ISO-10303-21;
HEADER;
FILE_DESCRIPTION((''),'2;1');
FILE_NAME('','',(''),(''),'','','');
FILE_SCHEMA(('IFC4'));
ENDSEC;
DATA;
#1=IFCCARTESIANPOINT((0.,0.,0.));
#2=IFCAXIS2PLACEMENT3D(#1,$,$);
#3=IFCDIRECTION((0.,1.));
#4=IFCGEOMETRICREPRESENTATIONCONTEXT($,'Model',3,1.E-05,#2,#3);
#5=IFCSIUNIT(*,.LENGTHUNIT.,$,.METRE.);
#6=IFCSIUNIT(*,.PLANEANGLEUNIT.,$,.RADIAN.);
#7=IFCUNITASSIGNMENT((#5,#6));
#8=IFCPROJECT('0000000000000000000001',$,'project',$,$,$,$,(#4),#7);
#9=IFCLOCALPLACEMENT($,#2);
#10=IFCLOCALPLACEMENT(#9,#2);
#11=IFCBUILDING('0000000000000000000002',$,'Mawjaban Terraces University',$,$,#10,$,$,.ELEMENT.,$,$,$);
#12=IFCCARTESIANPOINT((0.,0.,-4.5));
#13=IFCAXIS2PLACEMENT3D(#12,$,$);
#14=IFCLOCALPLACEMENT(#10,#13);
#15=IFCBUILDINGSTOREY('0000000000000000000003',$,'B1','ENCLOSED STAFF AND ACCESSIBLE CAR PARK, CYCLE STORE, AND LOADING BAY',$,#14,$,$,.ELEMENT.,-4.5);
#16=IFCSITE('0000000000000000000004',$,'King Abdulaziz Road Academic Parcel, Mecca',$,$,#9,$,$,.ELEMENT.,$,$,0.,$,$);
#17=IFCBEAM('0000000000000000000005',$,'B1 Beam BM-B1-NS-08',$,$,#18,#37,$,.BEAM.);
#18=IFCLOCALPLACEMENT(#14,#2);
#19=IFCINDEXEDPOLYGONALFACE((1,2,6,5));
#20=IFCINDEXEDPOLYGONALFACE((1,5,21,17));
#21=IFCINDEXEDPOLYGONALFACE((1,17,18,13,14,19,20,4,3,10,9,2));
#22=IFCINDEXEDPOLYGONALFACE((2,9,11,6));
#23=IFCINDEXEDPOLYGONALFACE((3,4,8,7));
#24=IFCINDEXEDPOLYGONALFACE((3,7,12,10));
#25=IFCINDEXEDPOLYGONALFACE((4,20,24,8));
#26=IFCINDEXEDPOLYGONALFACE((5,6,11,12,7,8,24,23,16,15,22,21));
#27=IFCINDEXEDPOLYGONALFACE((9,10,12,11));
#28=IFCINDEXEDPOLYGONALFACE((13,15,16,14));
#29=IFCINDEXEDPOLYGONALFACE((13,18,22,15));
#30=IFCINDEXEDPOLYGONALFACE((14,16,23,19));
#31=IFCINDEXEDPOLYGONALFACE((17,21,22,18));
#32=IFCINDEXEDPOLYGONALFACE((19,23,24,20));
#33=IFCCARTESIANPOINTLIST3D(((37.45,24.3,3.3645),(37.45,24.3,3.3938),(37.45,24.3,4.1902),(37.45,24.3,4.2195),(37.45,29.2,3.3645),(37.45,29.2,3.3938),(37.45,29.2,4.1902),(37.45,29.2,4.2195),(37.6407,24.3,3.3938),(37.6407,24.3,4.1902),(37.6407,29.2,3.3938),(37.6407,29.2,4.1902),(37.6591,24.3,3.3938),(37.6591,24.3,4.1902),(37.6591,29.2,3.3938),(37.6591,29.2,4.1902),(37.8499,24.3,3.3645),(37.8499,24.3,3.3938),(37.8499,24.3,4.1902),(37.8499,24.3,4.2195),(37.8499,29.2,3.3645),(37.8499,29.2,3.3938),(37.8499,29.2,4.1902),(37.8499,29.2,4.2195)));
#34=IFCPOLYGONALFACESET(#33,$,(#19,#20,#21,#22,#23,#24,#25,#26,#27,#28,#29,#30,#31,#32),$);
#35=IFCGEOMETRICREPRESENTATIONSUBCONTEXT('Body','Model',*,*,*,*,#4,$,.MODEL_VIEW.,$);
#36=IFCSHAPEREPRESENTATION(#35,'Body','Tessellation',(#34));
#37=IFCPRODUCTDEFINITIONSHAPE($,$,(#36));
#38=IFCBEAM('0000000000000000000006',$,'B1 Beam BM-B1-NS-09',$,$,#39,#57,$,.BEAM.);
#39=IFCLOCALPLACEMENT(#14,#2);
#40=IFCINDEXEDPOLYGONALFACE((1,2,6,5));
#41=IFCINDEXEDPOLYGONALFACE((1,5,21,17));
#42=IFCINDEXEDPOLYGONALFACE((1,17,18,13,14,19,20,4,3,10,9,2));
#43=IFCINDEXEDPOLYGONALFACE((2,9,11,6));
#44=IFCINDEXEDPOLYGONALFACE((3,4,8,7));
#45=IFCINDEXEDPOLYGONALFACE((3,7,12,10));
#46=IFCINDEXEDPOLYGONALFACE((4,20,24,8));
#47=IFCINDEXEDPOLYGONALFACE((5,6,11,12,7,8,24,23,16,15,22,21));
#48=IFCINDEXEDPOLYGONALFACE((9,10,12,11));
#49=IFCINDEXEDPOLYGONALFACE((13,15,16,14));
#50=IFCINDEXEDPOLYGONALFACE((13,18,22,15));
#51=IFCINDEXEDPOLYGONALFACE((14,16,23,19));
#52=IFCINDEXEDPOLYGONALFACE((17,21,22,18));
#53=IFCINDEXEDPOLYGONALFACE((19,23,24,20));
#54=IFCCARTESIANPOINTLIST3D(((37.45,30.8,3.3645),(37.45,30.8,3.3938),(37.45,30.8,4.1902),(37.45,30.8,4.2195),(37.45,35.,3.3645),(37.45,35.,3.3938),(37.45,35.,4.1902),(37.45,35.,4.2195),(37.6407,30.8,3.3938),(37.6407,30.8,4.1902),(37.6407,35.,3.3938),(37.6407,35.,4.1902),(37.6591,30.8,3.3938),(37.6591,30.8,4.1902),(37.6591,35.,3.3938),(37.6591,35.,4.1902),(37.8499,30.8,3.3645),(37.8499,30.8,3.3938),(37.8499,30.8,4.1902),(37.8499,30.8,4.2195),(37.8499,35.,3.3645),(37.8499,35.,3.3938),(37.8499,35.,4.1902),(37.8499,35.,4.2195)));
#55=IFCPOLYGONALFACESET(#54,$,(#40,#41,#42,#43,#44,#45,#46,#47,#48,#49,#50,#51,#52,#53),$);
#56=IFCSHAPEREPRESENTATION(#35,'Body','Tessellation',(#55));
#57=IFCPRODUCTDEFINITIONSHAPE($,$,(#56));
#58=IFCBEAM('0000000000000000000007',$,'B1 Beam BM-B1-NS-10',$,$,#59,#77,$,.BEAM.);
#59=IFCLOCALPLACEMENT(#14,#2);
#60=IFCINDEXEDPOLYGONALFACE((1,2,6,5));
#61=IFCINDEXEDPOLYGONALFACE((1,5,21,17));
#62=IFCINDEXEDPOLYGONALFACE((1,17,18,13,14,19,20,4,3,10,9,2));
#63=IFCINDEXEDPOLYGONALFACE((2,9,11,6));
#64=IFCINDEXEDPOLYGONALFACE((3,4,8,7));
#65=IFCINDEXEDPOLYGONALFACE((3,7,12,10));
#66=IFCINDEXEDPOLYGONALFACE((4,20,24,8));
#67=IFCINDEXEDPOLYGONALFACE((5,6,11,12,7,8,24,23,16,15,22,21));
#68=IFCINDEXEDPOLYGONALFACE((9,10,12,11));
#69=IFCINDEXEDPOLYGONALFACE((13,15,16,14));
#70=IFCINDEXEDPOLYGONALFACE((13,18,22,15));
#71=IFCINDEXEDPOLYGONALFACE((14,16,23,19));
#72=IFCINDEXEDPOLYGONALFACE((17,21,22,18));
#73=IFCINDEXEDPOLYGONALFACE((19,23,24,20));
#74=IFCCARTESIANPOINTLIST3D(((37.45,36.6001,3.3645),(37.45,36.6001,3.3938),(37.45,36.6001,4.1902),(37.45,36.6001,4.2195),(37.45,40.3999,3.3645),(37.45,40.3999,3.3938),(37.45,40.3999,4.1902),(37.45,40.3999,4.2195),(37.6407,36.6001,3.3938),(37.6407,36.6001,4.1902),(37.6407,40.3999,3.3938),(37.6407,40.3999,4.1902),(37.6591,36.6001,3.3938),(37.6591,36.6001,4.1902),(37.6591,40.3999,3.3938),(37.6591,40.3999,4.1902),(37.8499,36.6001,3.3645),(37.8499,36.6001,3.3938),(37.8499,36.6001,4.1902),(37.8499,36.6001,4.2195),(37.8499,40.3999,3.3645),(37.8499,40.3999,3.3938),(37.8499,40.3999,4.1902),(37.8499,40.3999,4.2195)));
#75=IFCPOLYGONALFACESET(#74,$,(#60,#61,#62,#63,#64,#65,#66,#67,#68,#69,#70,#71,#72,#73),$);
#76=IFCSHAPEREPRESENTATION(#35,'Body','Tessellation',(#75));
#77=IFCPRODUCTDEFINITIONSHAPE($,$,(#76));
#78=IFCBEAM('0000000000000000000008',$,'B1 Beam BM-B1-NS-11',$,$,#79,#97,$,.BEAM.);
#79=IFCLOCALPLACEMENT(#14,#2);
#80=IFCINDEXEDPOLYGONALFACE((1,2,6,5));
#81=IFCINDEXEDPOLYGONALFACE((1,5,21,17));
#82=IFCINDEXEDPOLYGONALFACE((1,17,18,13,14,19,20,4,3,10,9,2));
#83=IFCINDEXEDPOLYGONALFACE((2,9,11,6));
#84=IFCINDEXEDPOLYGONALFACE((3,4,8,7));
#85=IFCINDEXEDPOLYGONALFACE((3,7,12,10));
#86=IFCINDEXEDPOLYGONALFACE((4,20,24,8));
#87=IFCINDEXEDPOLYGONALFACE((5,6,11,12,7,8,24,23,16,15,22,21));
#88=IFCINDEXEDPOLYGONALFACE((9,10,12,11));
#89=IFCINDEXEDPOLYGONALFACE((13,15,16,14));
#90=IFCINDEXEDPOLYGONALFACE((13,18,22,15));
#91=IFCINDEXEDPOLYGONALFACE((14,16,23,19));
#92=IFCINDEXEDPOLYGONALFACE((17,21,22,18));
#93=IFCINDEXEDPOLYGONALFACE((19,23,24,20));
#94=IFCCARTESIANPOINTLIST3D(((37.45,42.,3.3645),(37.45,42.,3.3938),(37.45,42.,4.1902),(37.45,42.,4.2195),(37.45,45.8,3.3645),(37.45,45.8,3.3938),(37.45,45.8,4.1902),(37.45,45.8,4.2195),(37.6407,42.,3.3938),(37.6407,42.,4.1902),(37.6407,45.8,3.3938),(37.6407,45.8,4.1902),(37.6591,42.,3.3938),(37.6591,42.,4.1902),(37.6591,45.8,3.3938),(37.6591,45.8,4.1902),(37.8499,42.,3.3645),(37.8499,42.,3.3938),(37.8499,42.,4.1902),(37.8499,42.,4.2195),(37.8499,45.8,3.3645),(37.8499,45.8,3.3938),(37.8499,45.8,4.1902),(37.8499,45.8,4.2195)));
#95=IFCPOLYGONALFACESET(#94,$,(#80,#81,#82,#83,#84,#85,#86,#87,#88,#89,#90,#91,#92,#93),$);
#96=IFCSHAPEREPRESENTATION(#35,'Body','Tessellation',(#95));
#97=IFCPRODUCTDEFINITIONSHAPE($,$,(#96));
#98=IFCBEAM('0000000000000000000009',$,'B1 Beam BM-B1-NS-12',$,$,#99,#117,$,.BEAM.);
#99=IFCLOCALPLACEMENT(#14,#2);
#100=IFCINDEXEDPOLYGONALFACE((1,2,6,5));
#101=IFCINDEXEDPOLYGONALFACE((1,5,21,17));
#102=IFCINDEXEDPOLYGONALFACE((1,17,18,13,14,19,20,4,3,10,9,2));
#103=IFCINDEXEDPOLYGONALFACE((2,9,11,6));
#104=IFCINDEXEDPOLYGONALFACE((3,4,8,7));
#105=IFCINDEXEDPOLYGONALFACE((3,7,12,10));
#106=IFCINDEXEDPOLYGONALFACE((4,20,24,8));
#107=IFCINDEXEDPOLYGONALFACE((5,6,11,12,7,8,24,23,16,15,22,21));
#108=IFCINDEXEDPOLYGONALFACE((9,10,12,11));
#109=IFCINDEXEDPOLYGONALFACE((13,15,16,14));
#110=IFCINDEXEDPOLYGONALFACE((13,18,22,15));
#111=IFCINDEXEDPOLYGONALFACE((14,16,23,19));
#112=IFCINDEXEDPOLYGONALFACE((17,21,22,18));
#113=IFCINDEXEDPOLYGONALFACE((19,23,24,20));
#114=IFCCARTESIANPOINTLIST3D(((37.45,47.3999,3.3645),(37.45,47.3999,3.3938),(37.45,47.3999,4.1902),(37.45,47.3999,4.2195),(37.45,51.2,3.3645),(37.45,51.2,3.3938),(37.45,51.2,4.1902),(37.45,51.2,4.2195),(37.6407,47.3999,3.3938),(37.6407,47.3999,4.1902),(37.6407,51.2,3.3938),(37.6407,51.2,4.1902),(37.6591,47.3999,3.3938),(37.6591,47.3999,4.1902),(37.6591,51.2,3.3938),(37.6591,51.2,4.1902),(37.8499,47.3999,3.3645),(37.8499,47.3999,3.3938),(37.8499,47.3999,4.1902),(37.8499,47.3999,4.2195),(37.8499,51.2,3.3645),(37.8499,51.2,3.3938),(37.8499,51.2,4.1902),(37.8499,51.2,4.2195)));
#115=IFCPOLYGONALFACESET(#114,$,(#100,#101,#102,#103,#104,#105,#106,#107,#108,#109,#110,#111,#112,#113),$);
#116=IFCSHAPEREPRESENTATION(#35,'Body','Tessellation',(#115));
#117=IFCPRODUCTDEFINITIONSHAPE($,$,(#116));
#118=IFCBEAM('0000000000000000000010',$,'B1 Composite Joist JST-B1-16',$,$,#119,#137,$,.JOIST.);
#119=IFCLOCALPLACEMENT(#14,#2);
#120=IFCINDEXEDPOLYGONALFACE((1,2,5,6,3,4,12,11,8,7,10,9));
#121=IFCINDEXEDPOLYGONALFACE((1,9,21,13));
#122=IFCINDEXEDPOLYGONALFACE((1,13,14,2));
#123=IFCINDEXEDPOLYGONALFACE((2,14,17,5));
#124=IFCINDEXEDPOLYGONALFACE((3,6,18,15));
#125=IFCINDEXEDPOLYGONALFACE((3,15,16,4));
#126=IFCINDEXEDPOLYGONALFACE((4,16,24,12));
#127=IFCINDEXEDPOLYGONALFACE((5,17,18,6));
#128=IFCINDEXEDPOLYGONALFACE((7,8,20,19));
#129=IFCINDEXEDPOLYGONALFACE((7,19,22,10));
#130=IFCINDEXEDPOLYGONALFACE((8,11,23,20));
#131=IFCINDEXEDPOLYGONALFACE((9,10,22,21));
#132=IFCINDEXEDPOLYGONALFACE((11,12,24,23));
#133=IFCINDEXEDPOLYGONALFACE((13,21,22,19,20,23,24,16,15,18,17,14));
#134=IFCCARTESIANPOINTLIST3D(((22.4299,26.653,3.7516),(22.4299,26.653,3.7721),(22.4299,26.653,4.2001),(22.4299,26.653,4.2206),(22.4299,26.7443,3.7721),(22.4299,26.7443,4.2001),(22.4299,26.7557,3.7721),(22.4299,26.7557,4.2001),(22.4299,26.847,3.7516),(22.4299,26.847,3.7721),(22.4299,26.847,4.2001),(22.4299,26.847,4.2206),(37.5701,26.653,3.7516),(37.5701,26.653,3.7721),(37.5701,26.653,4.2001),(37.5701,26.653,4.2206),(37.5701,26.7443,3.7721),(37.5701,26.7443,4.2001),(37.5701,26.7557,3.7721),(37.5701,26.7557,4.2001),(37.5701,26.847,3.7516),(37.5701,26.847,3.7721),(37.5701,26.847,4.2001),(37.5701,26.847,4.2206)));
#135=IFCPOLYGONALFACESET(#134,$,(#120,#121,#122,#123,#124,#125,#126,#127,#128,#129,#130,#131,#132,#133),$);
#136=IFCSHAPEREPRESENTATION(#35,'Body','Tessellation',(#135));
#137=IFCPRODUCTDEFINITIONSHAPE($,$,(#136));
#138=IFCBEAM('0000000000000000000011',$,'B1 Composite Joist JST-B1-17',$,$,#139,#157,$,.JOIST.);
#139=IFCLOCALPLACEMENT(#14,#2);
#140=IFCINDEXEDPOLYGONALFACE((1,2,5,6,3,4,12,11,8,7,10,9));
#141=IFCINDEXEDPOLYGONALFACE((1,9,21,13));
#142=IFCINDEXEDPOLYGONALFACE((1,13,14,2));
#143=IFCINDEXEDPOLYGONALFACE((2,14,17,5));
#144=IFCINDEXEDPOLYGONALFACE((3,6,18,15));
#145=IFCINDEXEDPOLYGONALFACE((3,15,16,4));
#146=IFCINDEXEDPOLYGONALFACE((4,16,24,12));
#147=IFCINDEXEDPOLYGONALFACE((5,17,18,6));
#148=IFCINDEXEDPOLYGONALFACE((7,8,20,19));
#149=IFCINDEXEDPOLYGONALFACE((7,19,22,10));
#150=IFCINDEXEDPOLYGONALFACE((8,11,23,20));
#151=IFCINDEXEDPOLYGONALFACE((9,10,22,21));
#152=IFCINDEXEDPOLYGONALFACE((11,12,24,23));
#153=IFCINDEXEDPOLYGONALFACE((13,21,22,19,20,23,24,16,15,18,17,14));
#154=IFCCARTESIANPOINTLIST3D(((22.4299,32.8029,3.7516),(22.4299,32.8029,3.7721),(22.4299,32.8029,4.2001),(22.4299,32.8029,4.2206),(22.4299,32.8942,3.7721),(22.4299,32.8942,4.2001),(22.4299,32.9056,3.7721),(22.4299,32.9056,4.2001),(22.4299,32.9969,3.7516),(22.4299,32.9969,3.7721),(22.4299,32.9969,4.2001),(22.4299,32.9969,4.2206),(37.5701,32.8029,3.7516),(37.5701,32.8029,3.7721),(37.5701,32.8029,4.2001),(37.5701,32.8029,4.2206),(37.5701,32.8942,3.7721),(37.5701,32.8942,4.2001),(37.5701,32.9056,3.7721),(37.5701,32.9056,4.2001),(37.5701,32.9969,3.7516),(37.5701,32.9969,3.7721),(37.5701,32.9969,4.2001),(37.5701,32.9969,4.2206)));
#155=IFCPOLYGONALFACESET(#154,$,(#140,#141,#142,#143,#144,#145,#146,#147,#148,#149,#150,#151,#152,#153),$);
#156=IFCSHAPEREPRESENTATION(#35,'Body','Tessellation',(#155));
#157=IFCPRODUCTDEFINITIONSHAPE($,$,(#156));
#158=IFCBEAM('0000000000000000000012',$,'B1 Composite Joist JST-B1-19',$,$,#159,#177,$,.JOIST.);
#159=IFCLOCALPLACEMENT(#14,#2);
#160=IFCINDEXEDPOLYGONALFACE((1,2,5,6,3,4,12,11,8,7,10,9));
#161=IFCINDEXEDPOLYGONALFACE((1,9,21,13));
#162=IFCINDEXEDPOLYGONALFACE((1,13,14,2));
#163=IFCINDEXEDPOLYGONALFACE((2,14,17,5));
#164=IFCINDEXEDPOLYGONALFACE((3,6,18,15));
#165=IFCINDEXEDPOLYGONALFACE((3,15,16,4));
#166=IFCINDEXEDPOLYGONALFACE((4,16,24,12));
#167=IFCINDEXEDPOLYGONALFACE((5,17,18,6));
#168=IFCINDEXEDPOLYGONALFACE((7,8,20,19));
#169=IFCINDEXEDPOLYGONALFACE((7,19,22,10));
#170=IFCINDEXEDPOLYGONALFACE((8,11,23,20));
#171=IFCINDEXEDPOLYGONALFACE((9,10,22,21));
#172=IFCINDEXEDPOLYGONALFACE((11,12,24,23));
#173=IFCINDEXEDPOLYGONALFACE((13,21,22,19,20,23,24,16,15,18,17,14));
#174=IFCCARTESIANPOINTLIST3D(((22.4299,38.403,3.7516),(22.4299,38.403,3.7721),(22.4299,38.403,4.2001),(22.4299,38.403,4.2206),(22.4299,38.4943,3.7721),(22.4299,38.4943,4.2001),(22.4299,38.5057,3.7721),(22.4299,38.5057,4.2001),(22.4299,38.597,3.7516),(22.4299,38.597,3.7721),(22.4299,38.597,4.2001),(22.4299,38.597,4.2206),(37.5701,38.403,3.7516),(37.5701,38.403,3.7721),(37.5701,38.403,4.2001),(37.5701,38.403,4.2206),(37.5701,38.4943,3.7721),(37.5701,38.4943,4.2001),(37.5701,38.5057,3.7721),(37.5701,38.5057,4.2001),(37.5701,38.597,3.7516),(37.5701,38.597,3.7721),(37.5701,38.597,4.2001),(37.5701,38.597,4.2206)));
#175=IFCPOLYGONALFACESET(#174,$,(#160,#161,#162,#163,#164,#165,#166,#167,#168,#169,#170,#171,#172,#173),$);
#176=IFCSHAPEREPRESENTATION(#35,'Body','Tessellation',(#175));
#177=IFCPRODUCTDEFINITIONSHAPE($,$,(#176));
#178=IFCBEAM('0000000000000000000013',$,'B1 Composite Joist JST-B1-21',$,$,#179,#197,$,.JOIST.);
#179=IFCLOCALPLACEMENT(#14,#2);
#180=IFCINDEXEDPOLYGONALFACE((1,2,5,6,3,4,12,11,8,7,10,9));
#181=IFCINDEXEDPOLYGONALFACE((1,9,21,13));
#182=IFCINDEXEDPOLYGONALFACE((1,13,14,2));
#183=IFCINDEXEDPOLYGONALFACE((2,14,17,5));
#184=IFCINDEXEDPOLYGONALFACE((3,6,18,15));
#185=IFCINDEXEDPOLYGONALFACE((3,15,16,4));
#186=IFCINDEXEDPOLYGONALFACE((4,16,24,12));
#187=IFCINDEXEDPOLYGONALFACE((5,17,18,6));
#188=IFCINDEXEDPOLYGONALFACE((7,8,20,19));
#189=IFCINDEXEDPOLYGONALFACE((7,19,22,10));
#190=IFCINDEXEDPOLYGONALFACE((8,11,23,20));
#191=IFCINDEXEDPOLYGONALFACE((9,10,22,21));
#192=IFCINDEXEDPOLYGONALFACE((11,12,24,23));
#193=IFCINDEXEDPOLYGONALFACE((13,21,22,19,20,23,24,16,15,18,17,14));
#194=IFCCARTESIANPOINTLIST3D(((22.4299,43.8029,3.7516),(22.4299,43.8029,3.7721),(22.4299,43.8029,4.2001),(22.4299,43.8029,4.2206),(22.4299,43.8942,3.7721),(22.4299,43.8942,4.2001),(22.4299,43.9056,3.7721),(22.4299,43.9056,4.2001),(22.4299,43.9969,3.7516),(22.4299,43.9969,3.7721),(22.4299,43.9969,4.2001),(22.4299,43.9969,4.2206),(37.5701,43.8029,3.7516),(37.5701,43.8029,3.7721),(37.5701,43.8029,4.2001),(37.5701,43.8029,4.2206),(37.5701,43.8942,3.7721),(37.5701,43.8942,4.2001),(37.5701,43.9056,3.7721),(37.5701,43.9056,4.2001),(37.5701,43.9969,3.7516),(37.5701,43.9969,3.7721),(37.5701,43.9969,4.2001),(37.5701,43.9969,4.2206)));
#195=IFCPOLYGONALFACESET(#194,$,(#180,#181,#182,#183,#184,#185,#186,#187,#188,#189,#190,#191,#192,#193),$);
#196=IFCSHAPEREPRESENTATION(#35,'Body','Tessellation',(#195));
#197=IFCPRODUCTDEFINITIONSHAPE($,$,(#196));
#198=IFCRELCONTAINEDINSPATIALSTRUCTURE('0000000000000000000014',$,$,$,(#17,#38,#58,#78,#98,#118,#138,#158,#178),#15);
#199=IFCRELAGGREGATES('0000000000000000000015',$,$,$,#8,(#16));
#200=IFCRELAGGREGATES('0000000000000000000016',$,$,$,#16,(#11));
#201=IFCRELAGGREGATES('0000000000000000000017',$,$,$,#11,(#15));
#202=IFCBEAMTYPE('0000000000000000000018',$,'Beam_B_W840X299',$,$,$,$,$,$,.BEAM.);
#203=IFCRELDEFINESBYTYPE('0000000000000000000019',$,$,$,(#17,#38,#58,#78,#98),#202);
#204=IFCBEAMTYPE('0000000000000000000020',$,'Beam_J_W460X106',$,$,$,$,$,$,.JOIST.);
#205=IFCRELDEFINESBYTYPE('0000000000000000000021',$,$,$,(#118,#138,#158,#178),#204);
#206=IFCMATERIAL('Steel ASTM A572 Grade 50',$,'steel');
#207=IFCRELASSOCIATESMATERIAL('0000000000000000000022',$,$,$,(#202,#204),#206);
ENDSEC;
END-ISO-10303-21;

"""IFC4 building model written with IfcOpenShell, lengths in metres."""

from ifc_helpers import new_model, si_unit, direction, frame, origin, origin_2d, place, context, subcontext, project, spatial, i_section, extrude, material, material_profile, profile_set, type_object, element, save


model = new_model("IFC4")

# Units and contexts
model_context = context("Model", 3, precision=1e-05, world=origin(), true_north=direction((0.0, 1.0)))
body_context = subcontext(model_context, "Body", "Model", "MODEL_VIEW")
ifc_project = project(units=[si_unit("LENGTHUNIT", "METRE"), si_unit("PLANEANGLEUNIT", "RADIAN")], contexts=[model_context])

# Site, building, storey
site_placement = place(None, origin())
site = spatial("IfcSite", under=ifc_project, at=site_placement, Name="King Abdulaziz Road Academic Parcel, Mecca", CompositionType="ELEMENT", RefElevation=0.0)
building_placement = place(site_placement, origin())
building = spatial("IfcBuilding", under=site, at=building_placement, Name="Mawjaban Terraces University", CompositionType="ELEMENT")
storey_placement = place(building_placement, frame((0.0, 0.0, -4.5)))
storey = spatial("IfcBuildingStorey", under=building, at=storey_placement, Name="B1", Description="ENCLOSED STAFF AND ACCESSIBLE CAR PARK, CYCLE STORE, AND LOADING BAY", CompositionType="ELEMENT", Elevation=-4.5)

# Beams
ifc_material_1 = material(Name="Steel ASTM A572 Grade 50", Category="steel")
ifc_material_profile_1 = material_profile(ifc_material_1, i_section(OverallWidth=0.3999, OverallDepth=0.855, WebThickness=0.0183, FlangeThickness=0.0293, at=origin_2d()), Name="W840X299")
ifc_profile_set_1 = profile_set([ifc_material_profile_1], Name="Steel ASTM A572 Grade 50")
beam_type_1 = type_object("IfcBeamType", Name="Beam_B_W840X299", PredefinedType="BEAM", material=ifc_profile_set_1)
beam_1_placement = place(storey_placement, frame((37.6499, 24.3, 3.792), z_axis=(0.0, 1.0, 0.0), x_axis=(-1.0, 0.0, 0.0)))
element("IfcBeam", 1, at=beam_1_placement, inside=storey, type_object=beam_type_1, Name="B1 Beam BM-B1-NS-08", PredefinedType="BEAM", context=body_context, shape_type="SweptSolid", body=[
    extrude(i_section(OverallWidth=0.3999, OverallDepth=0.855, WebThickness=0.0183, FlangeThickness=0.0293, at=origin_2d()), origin(), (0.0, 0.0, 1.0), 4.8999),
])
beam_2_placement = place(storey_placement, frame((37.6499, 30.8, 3.792), z_axis=(0.0, 1.0, 0.0), x_axis=(-1.0, 0.0, 0.0)))
element("IfcBeam", 2, at=beam_2_placement, inside=storey, type_object=beam_type_1, Name="B1 Beam BM-B1-NS-09", PredefinedType="BEAM", context=body_context, shape_type="SweptSolid", body=[
    extrude(i_section(OverallWidth=0.3999, OverallDepth=0.855, WebThickness=0.0183, FlangeThickness=0.0293, at=origin_2d()), origin(), (0.0, 0.0, 1.0), 4.2),
])
beam_3_placement = place(storey_placement, frame((37.6499, 36.6001, 3.792), z_axis=(0.0, 1.0, 0.0), x_axis=(-1.0, 0.0, 0.0)))
element("IfcBeam", 3, at=beam_3_placement, inside=storey, type_object=beam_type_1, Name="B1 Beam BM-B1-NS-10", PredefinedType="BEAM", context=body_context, shape_type="SweptSolid", body=[
    extrude(i_section(OverallWidth=0.3999, OverallDepth=0.855, WebThickness=0.0183, FlangeThickness=0.0293, at=origin_2d()), origin(), (0.0, 0.0, 1.0), 3.7998),
])
for number, where, z_axis, x_axis, name in (
    (4, (37.6499, 42.0, 3.792), (0.0, 1.0, 0.0), (-1.0, 0.0, 0.0), "B1 Beam BM-B1-NS-11"),
    (5, (37.6499, 47.3999, 3.792), (0.0, 1.0, 0.0), (-1.0, 0.0, 0.0), "B1 Beam BM-B1-NS-12"),
):
    element("IfcBeam", number, at=place(storey_placement, frame(where, z_axis=z_axis, x_axis=x_axis)), inside=storey, type_object=beam_type_1, Name=name, PredefinedType="BEAM", context=body_context, shape_type="SweptSolid", body=[
        extrude(i_section(OverallWidth=0.3999, OverallDepth=0.855, WebThickness=0.0183, FlangeThickness=0.0293, at=origin_2d()), origin(), (0.0, 0.0, 1.0), 3.8),
    ])
ifc_material_profile_2 = material_profile(ifc_material_1, i_section(OverallWidth=0.1941, OverallDepth=0.469, WebThickness=0.0115, FlangeThickness=0.0205, at=origin_2d()), Name="W460X106")
ifc_profile_set_2 = profile_set([ifc_material_profile_2], Name="Steel ASTM A572 Grade 50")
beam_type_2 = type_object("IfcBeamType", Name="Beam_J_W460X106", PredefinedType="JOIST", material=ifc_profile_set_2)
for number, where, z_axis, x_axis, name in (
    (6, (22.4299, 26.75, 3.9861), (1.0, 0.0, 0.0), (0.0, 1.0, 0.0), "B1 Composite Joist JST-B1-16"),
    (7, (22.4299, 32.8999, 3.9861), (1.0, 0.0, 0.0), (0.0, 1.0, 0.0), "B1 Composite Joist JST-B1-17"),
    (8, (22.4299, 38.5, 3.9861), (1.0, 0.0, 0.0), (0.0, 1.0, 0.0), "B1 Composite Joist JST-B1-19"),
    (9, (22.4299, 43.8999, 3.9861), (1.0, 0.0, 0.0), (0.0, 1.0, 0.0), "B1 Composite Joist JST-B1-21"),
):
    element("IfcBeam", number, at=place(storey_placement, frame(where, z_axis=z_axis, x_axis=x_axis)), inside=storey, type_object=beam_type_2, Name=name, PredefinedType="JOIST", context=body_context, shape_type="SweptSolid", body=[
        extrude(i_section(OverallWidth=0.1941, OverallDepth=0.469, WebThickness=0.0115, FlangeThickness=0.0205, at=origin_2d()), origin(), (0.0, 0.0, 1.0), 15.1401),
    ])

save(model, "model.ifc")
